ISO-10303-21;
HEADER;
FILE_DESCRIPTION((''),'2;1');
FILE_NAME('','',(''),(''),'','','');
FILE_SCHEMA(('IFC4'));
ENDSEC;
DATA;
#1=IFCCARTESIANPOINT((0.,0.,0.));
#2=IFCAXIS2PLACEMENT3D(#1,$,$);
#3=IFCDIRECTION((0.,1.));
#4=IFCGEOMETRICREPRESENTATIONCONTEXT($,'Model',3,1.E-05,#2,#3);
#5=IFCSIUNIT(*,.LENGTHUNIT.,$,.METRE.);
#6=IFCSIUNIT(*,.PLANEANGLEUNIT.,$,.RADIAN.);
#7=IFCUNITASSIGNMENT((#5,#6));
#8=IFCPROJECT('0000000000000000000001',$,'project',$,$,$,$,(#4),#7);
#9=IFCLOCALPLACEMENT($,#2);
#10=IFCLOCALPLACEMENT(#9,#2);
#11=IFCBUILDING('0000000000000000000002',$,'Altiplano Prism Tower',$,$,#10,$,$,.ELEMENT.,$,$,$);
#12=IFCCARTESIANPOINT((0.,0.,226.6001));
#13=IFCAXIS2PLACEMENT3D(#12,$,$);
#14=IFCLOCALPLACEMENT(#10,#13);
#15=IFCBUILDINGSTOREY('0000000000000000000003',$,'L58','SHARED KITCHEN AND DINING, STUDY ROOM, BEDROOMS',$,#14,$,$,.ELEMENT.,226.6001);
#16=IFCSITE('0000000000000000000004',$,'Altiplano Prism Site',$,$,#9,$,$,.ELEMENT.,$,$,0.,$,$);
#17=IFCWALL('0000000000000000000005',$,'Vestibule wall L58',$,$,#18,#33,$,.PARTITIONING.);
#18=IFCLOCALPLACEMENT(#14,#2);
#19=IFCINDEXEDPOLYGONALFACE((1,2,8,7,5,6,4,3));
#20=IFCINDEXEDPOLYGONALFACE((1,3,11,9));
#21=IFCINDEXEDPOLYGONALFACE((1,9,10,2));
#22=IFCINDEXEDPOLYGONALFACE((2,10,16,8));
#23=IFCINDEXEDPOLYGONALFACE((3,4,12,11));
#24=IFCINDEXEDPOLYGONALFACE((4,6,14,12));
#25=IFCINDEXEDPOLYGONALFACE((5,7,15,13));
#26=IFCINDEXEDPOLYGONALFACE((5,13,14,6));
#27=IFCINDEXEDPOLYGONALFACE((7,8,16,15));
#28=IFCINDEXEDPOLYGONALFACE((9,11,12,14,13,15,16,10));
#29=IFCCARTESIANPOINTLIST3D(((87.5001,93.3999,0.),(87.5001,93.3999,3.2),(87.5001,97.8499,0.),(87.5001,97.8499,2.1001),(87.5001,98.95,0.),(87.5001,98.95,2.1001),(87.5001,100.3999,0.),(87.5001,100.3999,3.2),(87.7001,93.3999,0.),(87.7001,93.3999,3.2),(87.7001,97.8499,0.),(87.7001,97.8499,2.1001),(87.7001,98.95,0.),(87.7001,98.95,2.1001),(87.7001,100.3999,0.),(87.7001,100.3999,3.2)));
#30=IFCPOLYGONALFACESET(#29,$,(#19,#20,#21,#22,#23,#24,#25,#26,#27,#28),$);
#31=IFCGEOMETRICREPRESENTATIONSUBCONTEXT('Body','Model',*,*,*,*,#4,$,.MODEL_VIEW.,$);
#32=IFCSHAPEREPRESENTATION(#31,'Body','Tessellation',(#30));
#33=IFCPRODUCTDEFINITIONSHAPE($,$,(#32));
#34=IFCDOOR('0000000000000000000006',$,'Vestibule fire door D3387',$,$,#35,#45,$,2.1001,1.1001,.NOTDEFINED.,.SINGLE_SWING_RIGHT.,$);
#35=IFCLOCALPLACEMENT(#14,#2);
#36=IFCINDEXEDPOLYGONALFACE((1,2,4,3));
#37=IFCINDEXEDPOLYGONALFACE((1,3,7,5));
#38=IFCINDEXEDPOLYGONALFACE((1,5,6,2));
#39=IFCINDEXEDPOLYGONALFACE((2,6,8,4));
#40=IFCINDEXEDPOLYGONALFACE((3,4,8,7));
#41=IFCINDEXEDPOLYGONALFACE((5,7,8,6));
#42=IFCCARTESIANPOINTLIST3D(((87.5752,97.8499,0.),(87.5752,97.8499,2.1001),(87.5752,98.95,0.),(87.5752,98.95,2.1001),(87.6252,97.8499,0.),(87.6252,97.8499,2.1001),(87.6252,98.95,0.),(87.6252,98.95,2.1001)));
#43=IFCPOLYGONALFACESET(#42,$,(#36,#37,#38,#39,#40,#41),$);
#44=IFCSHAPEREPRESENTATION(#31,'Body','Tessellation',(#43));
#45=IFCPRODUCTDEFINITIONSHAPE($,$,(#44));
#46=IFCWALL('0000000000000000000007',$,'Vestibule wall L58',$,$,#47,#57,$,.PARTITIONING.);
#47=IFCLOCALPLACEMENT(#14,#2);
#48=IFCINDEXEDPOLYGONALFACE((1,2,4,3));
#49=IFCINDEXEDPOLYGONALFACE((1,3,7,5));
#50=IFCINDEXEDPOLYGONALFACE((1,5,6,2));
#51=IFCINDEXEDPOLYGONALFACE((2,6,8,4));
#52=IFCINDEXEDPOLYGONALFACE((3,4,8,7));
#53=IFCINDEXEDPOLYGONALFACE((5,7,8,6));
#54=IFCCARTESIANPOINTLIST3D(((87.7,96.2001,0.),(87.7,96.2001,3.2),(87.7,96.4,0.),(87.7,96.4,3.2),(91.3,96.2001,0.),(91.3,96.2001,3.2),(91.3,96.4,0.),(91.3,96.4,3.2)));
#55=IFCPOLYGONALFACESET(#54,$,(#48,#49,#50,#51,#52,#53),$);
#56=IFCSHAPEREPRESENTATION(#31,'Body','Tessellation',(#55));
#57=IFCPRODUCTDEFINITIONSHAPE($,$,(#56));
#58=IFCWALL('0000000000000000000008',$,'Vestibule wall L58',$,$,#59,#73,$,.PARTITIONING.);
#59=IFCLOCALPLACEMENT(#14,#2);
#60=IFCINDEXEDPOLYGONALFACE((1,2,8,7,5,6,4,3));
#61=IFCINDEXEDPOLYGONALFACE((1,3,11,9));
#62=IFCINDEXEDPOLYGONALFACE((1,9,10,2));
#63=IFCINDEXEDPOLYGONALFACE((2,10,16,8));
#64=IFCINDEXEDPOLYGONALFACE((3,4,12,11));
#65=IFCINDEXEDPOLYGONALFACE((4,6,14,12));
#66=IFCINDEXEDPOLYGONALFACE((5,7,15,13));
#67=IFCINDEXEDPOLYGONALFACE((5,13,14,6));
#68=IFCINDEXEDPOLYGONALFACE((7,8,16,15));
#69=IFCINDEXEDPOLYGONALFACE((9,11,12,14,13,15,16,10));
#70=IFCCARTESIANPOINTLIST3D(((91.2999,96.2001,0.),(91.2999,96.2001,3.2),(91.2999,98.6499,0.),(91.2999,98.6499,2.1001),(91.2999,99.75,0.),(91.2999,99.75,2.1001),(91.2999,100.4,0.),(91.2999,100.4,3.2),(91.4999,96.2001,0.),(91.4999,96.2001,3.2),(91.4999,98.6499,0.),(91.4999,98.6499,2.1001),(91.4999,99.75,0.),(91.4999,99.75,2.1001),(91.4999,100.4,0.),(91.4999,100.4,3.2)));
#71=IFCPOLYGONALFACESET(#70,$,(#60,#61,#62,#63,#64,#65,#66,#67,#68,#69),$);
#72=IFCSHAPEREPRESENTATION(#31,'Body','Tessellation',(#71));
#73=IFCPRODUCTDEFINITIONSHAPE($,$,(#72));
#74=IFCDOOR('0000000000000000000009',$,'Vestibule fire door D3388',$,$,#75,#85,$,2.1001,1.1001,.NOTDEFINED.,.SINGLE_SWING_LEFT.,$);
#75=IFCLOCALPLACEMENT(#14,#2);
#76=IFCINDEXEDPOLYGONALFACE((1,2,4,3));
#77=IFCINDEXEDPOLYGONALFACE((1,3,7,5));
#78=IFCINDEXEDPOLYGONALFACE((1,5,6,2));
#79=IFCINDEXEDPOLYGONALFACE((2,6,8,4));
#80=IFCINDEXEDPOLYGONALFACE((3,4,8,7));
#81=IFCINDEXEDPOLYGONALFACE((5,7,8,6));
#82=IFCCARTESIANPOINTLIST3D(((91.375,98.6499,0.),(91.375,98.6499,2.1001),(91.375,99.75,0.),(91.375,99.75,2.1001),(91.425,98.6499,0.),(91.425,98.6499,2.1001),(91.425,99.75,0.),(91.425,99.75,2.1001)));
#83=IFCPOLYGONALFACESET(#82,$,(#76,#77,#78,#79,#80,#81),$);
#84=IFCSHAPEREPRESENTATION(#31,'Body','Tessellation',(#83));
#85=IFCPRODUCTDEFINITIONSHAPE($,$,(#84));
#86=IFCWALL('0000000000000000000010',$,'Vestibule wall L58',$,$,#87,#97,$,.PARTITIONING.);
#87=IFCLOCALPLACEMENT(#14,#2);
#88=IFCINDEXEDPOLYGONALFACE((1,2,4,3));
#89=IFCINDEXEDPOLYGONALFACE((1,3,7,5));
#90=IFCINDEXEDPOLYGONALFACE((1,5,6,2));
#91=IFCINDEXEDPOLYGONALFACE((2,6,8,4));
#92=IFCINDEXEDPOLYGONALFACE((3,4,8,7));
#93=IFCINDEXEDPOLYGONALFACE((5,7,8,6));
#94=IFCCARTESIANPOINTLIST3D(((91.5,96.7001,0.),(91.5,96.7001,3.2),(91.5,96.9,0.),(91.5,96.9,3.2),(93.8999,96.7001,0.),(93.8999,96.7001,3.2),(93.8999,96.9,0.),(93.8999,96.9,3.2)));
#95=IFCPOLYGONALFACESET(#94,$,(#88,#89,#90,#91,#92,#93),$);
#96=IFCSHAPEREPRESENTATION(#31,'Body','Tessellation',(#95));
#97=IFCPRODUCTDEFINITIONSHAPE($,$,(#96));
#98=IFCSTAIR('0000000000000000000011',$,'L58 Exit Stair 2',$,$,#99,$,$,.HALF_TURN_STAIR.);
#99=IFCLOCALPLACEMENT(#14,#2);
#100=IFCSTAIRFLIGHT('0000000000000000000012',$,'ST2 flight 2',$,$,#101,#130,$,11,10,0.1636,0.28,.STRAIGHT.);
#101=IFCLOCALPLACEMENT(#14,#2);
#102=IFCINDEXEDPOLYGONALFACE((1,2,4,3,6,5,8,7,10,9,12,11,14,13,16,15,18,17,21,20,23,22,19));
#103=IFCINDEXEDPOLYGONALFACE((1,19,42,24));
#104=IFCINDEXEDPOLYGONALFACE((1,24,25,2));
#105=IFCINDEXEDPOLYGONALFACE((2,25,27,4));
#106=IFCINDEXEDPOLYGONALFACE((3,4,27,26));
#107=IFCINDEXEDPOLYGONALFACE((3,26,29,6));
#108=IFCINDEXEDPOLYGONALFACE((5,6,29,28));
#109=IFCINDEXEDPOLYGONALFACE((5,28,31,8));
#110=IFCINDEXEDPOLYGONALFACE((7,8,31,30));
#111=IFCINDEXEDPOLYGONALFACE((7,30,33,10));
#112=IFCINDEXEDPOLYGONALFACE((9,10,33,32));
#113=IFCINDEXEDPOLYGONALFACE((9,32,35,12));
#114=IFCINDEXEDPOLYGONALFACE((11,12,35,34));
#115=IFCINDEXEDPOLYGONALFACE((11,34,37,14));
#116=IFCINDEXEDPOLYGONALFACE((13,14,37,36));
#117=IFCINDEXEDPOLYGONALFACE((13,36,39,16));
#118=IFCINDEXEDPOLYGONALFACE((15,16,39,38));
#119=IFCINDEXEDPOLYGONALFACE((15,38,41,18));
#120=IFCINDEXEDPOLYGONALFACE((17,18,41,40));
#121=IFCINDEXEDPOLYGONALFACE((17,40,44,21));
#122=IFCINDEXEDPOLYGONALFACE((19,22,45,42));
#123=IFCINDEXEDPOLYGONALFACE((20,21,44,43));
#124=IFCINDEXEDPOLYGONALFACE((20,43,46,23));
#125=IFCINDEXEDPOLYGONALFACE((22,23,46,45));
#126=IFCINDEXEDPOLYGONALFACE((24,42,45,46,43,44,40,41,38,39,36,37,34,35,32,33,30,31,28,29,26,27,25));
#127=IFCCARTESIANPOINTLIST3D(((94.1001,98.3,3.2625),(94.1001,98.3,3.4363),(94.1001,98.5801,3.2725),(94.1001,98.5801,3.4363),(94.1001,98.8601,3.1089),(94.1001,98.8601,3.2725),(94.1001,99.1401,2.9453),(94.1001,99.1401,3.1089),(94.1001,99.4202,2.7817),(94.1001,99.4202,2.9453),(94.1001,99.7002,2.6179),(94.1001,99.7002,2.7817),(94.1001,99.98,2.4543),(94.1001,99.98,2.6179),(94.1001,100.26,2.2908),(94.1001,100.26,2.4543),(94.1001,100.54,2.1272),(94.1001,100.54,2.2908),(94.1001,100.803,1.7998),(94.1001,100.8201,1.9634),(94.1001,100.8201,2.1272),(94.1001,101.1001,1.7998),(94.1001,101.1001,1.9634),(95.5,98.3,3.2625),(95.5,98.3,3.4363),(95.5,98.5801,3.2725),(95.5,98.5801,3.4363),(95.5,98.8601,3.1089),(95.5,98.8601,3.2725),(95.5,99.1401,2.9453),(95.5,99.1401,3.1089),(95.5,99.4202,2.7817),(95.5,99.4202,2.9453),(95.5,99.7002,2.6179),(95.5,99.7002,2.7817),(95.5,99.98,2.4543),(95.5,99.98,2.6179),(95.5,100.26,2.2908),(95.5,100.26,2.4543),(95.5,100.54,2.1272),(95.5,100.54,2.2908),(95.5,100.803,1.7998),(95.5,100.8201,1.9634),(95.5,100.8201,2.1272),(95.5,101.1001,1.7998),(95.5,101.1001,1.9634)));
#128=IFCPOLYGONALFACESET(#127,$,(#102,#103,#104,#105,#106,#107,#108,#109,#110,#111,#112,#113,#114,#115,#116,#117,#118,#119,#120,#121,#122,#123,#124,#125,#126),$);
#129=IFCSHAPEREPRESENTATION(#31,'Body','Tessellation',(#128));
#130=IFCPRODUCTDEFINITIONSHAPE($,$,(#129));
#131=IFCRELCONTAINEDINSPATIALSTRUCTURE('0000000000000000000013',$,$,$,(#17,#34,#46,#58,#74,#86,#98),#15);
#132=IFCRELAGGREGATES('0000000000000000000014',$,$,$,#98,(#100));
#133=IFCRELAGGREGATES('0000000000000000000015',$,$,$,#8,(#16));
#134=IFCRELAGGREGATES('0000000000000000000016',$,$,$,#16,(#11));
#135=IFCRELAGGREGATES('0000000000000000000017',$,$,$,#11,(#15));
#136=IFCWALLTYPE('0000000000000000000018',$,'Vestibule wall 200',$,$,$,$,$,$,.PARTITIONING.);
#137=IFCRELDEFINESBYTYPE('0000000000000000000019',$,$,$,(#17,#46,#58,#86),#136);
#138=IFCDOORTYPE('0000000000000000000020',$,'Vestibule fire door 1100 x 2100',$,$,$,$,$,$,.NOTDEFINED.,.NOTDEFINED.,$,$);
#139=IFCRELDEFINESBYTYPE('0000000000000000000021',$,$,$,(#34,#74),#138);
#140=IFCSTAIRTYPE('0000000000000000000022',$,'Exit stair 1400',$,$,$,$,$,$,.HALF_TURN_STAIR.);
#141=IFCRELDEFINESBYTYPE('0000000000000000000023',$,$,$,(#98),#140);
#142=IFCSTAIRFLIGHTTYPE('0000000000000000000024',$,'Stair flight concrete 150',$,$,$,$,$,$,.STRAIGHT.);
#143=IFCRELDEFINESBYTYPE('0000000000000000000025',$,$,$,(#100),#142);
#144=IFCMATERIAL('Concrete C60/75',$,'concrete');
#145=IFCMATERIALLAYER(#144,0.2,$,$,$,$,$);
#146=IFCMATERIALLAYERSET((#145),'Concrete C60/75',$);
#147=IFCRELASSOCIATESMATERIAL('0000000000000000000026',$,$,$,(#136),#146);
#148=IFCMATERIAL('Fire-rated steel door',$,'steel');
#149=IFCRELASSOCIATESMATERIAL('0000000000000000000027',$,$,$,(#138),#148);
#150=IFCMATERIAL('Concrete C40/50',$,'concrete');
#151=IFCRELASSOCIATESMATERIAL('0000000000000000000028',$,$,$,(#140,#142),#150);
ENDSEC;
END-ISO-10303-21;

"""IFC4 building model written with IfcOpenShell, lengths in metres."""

from ifc_helpers import new_model, si_unit, direction, frame, frame_2d, origin, place, context, subcontext, project, spatial, polyline, rectangle, outline, extrude, material, layer, layer_set, type_object, element, fill, aggregate, save


model = new_model("IFC4")

# Units and contexts
model_context = context("Model", 3, precision=1e-05, world=origin(), true_north=direction((0.0, 1.0)))
body_context = subcontext(model_context, "Body", "Model", "MODEL_VIEW")
ifc_project = project(units=[si_unit("LENGTHUNIT", "METRE"), si_unit("PLANEANGLEUNIT", "RADIAN")], contexts=[model_context])

# Site, building, storey
site_placement = place(None, origin())
site = spatial("IfcSite", under=ifc_project, at=site_placement, Name="Altiplano Prism Site", CompositionType="ELEMENT", RefElevation=0.0)
building_placement = place(site_placement, origin())
building = spatial("IfcBuilding", under=site, at=building_placement, Name="Altiplano Prism Tower", CompositionType="ELEMENT")
storey_placement = place(building_placement, frame((0.0, 0.0, 226.6001)))
storey = spatial("IfcBuildingStorey", under=building, at=storey_placement, Name="L58", Description="SHARED KITCHEN AND DINING, STUDY ROOM, BEDROOMS", CompositionType="ELEMENT", Elevation=226.6001)

# Shared definitions
ifc_material_1 = material(Name="Concrete C60/75", Category="concrete")

# Shared definitions
ifc_material_2 = material(Name="Fire-rated steel door", Category="steel")

# Wall, opening, door
ifc_layer_1 = layer(ifc_material_1, 0.2)
ifc_layer_set_1 = layer_set([ifc_layer_1], Name="Concrete C60/75")
wall_type_1 = type_object("IfcWallType", Name="Vestibule wall 200", PredefinedType="PARTITIONING", material=ifc_layer_set_1)
wall_1_placement = place(storey_placement, frame((87.6001, 93.3999, 0.0), z_axis=(0.0, 0.0, 1.0), x_axis=(0.0, 1.0, 0.0)))
wall_1 = element("IfcWall", 1, at=wall_1_placement, inside=storey, type_object=wall_type_1, Name="Vestibule wall L58", PredefinedType="PARTITIONING", context=body_context, shape_type="SweptSolid", body=[
    extrude(rectangle(XDim=7.0, YDim=0.2, at=frame_2d((3.5, 0.0))), origin(), (0.0, 0.0, 1.0), 3.2),
])
opening_1_placement = place(wall_1_placement, frame((4.45, 0.0, 0.0)))
opening_1 = element("IfcOpeningElement", 2, at=opening_1_placement, cuts=wall_1, PredefinedType="OPENING", context=body_context, shape_type="SweptSolid", body=[
    extrude(rectangle(XDim=1.1001, YDim=2.1001, at=frame_2d((0.55, 1.05))), frame((0.0, 0.1104, 0.0), z_axis=(0.0, -1.0, 0.0), x_axis=(1.0, 0.0, 0.0)), (0.0, 0.0, 1.0), 0.2209),
])
door_type_1 = type_object("IfcDoorType", Name="Vestibule fire door 1100 x 2100", OperationType="NOTDEFINED", PredefinedType="NOTDEFINED", material=ifc_material_2)
door_1_placement = place(opening_1_placement, origin())
door_1 = element("IfcDoor", 3, at=door_1_placement, inside=storey, type_object=door_type_1, Name="Vestibule fire door D3387", OperationType="SINGLE_SWING_RIGHT", OverallHeight=2.1001, OverallWidth=1.1001, PredefinedType="NOTDEFINED", context=body_context, shape_type="SweptSolid", body=[
    extrude(rectangle(XDim=1.1001, YDim=2.1001, at=frame_2d((0.55, 1.05))), frame((0.0, 0.0249, 0.0), z_axis=(0.0, -1.0, 0.0), x_axis=(1.0, 0.0, 0.0)), (0.0, 0.0, 1.0), 0.05),
])
fill(opening_1, door_1)

# Wall
wall_2_placement = place(storey_placement, frame((87.7, 96.3, 0.0), z_axis=(0.0, 0.0, 1.0), x_axis=(1.0, 0.0, 0.0)))
element("IfcWall", 4, at=wall_2_placement, inside=storey, type_object=wall_type_1, Name="Vestibule wall L58", PredefinedType="PARTITIONING", context=body_context, shape_type="SweptSolid", body=[
    extrude(rectangle(XDim=3.6001, YDim=0.2, at=frame_2d((1.8, 0.0))), origin(), (0.0, 0.0, 1.0), 3.2),
])

# Wall, opening, door
wall_3_placement = place(storey_placement, frame((91.3999, 96.2, 0.0), z_axis=(0.0, 0.0, 1.0), x_axis=(0.0, 1.0, 0.0)))
wall_3 = element("IfcWall", 5, at=wall_3_placement, inside=storey, type_object=wall_type_1, Name="Vestibule wall L58", PredefinedType="PARTITIONING", context=body_context, shape_type="SweptSolid", body=[
    extrude(rectangle(XDim=4.2, YDim=0.2, at=frame_2d((2.1001, 0.0))), origin(), (0.0, 0.0, 1.0), 3.2),
])
opening_2_placement = place(wall_3_placement, frame((2.45, 0.0, 0.0)))
opening_2 = element("IfcOpeningElement", 6, at=opening_2_placement, cuts=wall_3, PredefinedType="OPENING", context=body_context, shape_type="SweptSolid", body=[
    extrude(rectangle(XDim=1.1001, YDim=2.1001, at=frame_2d((0.55, 1.05))), frame((0.0, 0.1104, 0.0), z_axis=(0.0, -1.0, 0.0), x_axis=(1.0, 0.0, 0.0)), (0.0, 0.0, 1.0), 0.2209),
])
door_2_placement = place(opening_2_placement, origin())
door_2 = element("IfcDoor", 7, at=door_2_placement, inside=storey, type_object=door_type_1, Name="Vestibule fire door D3388", OperationType="SINGLE_SWING_LEFT", OverallHeight=2.1001, OverallWidth=1.1001, PredefinedType="NOTDEFINED", context=body_context, shape_type="SweptSolid", body=[
    extrude(rectangle(XDim=1.1001, YDim=2.1001, at=frame_2d((0.55, 1.05))), frame((0.0, 0.0249, 0.0), z_axis=(0.0, -1.0, 0.0), x_axis=(1.0, 0.0, 0.0)), (0.0, 0.0, 1.0), 0.05),
])
fill(opening_2, door_2)

# Wall
wall_4_placement = place(storey_placement, frame((91.5, 96.8, 0.0), z_axis=(0.0, 0.0, 1.0), x_axis=(1.0, 0.0, 0.0)))
element("IfcWall", 8, at=wall_4_placement, inside=storey, type_object=wall_type_1, Name="Vestibule wall L58", PredefinedType="PARTITIONING", context=body_context, shape_type="SweptSolid", body=[
    extrude(rectangle(XDim=2.3999, YDim=0.2, at=frame_2d((1.2, 0.0))), origin(), (0.0, 0.0, 1.0), 3.2),
])

# Stair, stair flight
ifc_material_3 = material(Name="Concrete C40/50", Category="concrete")
stair_type = type_object("IfcStairType", Name="Exit stair 1400", PredefinedType="HALF_TURN_STAIR", material=ifc_material_3)
stair_placement = place(storey_placement, origin())
stair = element("IfcStair", 9, at=stair_placement, inside=storey, type_object=stair_type, Name="L58 Exit Stair 2", PredefinedType="HALF_TURN_STAIR")
stair_flight_type = type_object("IfcStairFlightType", Name="Stair flight concrete 150", PredefinedType="STRAIGHT", material=ifc_material_3)
stair_flight_placement = place(storey_placement, frame((94.8, 101.1001, 1.7998), z_axis=(0.0, 0.0, 1.0), x_axis=(0.0, -1.0, 0.0)))
stair_flight = element("IfcStairFlight", 10, at=stair_flight_placement, type_object=stair_flight_type, Name="ST2 flight 2", NumberOfRisers=11, NumberOfTreads=10, PredefinedType="STRAIGHT", RiserHeight=0.1636, TreadLength=0.28, context=body_context, shape_type="SweptSolid", body=[
    extrude(outline(polyline([(0.0, 0.0), (0.0, 0.1636), (0.28, 0.1636), (0.28, 0.3274), (0.5601, 0.3274), (0.5601, 0.491), (0.8401, 0.491), (0.8401, 0.6545), (1.1201, 0.6545), (1.1201, 0.8181), (1.3999, 0.8181), (1.3999, 0.9819), (1.6799, 0.9819), (1.6799, 1.1455), (1.96, 1.1455), (1.96, 1.3091), (2.24, 1.3091), (2.24, 1.4727), (2.52, 1.4727), (2.52, 1.6365), (2.8, 1.6365), (2.8, 1.8), (2.8, 1.4626), (0.2971, 0.0), (0.0, 0.0)])), frame((0.0, 0.7, 0.0), z_axis=(0.0, -1.0, 0.0), x_axis=(1.0, 0.0, 0.0)), (0.0, 0.0, 1.0), 1.3999),
])
aggregate(stair, [stair_flight])

save(model, "model.ifc")
